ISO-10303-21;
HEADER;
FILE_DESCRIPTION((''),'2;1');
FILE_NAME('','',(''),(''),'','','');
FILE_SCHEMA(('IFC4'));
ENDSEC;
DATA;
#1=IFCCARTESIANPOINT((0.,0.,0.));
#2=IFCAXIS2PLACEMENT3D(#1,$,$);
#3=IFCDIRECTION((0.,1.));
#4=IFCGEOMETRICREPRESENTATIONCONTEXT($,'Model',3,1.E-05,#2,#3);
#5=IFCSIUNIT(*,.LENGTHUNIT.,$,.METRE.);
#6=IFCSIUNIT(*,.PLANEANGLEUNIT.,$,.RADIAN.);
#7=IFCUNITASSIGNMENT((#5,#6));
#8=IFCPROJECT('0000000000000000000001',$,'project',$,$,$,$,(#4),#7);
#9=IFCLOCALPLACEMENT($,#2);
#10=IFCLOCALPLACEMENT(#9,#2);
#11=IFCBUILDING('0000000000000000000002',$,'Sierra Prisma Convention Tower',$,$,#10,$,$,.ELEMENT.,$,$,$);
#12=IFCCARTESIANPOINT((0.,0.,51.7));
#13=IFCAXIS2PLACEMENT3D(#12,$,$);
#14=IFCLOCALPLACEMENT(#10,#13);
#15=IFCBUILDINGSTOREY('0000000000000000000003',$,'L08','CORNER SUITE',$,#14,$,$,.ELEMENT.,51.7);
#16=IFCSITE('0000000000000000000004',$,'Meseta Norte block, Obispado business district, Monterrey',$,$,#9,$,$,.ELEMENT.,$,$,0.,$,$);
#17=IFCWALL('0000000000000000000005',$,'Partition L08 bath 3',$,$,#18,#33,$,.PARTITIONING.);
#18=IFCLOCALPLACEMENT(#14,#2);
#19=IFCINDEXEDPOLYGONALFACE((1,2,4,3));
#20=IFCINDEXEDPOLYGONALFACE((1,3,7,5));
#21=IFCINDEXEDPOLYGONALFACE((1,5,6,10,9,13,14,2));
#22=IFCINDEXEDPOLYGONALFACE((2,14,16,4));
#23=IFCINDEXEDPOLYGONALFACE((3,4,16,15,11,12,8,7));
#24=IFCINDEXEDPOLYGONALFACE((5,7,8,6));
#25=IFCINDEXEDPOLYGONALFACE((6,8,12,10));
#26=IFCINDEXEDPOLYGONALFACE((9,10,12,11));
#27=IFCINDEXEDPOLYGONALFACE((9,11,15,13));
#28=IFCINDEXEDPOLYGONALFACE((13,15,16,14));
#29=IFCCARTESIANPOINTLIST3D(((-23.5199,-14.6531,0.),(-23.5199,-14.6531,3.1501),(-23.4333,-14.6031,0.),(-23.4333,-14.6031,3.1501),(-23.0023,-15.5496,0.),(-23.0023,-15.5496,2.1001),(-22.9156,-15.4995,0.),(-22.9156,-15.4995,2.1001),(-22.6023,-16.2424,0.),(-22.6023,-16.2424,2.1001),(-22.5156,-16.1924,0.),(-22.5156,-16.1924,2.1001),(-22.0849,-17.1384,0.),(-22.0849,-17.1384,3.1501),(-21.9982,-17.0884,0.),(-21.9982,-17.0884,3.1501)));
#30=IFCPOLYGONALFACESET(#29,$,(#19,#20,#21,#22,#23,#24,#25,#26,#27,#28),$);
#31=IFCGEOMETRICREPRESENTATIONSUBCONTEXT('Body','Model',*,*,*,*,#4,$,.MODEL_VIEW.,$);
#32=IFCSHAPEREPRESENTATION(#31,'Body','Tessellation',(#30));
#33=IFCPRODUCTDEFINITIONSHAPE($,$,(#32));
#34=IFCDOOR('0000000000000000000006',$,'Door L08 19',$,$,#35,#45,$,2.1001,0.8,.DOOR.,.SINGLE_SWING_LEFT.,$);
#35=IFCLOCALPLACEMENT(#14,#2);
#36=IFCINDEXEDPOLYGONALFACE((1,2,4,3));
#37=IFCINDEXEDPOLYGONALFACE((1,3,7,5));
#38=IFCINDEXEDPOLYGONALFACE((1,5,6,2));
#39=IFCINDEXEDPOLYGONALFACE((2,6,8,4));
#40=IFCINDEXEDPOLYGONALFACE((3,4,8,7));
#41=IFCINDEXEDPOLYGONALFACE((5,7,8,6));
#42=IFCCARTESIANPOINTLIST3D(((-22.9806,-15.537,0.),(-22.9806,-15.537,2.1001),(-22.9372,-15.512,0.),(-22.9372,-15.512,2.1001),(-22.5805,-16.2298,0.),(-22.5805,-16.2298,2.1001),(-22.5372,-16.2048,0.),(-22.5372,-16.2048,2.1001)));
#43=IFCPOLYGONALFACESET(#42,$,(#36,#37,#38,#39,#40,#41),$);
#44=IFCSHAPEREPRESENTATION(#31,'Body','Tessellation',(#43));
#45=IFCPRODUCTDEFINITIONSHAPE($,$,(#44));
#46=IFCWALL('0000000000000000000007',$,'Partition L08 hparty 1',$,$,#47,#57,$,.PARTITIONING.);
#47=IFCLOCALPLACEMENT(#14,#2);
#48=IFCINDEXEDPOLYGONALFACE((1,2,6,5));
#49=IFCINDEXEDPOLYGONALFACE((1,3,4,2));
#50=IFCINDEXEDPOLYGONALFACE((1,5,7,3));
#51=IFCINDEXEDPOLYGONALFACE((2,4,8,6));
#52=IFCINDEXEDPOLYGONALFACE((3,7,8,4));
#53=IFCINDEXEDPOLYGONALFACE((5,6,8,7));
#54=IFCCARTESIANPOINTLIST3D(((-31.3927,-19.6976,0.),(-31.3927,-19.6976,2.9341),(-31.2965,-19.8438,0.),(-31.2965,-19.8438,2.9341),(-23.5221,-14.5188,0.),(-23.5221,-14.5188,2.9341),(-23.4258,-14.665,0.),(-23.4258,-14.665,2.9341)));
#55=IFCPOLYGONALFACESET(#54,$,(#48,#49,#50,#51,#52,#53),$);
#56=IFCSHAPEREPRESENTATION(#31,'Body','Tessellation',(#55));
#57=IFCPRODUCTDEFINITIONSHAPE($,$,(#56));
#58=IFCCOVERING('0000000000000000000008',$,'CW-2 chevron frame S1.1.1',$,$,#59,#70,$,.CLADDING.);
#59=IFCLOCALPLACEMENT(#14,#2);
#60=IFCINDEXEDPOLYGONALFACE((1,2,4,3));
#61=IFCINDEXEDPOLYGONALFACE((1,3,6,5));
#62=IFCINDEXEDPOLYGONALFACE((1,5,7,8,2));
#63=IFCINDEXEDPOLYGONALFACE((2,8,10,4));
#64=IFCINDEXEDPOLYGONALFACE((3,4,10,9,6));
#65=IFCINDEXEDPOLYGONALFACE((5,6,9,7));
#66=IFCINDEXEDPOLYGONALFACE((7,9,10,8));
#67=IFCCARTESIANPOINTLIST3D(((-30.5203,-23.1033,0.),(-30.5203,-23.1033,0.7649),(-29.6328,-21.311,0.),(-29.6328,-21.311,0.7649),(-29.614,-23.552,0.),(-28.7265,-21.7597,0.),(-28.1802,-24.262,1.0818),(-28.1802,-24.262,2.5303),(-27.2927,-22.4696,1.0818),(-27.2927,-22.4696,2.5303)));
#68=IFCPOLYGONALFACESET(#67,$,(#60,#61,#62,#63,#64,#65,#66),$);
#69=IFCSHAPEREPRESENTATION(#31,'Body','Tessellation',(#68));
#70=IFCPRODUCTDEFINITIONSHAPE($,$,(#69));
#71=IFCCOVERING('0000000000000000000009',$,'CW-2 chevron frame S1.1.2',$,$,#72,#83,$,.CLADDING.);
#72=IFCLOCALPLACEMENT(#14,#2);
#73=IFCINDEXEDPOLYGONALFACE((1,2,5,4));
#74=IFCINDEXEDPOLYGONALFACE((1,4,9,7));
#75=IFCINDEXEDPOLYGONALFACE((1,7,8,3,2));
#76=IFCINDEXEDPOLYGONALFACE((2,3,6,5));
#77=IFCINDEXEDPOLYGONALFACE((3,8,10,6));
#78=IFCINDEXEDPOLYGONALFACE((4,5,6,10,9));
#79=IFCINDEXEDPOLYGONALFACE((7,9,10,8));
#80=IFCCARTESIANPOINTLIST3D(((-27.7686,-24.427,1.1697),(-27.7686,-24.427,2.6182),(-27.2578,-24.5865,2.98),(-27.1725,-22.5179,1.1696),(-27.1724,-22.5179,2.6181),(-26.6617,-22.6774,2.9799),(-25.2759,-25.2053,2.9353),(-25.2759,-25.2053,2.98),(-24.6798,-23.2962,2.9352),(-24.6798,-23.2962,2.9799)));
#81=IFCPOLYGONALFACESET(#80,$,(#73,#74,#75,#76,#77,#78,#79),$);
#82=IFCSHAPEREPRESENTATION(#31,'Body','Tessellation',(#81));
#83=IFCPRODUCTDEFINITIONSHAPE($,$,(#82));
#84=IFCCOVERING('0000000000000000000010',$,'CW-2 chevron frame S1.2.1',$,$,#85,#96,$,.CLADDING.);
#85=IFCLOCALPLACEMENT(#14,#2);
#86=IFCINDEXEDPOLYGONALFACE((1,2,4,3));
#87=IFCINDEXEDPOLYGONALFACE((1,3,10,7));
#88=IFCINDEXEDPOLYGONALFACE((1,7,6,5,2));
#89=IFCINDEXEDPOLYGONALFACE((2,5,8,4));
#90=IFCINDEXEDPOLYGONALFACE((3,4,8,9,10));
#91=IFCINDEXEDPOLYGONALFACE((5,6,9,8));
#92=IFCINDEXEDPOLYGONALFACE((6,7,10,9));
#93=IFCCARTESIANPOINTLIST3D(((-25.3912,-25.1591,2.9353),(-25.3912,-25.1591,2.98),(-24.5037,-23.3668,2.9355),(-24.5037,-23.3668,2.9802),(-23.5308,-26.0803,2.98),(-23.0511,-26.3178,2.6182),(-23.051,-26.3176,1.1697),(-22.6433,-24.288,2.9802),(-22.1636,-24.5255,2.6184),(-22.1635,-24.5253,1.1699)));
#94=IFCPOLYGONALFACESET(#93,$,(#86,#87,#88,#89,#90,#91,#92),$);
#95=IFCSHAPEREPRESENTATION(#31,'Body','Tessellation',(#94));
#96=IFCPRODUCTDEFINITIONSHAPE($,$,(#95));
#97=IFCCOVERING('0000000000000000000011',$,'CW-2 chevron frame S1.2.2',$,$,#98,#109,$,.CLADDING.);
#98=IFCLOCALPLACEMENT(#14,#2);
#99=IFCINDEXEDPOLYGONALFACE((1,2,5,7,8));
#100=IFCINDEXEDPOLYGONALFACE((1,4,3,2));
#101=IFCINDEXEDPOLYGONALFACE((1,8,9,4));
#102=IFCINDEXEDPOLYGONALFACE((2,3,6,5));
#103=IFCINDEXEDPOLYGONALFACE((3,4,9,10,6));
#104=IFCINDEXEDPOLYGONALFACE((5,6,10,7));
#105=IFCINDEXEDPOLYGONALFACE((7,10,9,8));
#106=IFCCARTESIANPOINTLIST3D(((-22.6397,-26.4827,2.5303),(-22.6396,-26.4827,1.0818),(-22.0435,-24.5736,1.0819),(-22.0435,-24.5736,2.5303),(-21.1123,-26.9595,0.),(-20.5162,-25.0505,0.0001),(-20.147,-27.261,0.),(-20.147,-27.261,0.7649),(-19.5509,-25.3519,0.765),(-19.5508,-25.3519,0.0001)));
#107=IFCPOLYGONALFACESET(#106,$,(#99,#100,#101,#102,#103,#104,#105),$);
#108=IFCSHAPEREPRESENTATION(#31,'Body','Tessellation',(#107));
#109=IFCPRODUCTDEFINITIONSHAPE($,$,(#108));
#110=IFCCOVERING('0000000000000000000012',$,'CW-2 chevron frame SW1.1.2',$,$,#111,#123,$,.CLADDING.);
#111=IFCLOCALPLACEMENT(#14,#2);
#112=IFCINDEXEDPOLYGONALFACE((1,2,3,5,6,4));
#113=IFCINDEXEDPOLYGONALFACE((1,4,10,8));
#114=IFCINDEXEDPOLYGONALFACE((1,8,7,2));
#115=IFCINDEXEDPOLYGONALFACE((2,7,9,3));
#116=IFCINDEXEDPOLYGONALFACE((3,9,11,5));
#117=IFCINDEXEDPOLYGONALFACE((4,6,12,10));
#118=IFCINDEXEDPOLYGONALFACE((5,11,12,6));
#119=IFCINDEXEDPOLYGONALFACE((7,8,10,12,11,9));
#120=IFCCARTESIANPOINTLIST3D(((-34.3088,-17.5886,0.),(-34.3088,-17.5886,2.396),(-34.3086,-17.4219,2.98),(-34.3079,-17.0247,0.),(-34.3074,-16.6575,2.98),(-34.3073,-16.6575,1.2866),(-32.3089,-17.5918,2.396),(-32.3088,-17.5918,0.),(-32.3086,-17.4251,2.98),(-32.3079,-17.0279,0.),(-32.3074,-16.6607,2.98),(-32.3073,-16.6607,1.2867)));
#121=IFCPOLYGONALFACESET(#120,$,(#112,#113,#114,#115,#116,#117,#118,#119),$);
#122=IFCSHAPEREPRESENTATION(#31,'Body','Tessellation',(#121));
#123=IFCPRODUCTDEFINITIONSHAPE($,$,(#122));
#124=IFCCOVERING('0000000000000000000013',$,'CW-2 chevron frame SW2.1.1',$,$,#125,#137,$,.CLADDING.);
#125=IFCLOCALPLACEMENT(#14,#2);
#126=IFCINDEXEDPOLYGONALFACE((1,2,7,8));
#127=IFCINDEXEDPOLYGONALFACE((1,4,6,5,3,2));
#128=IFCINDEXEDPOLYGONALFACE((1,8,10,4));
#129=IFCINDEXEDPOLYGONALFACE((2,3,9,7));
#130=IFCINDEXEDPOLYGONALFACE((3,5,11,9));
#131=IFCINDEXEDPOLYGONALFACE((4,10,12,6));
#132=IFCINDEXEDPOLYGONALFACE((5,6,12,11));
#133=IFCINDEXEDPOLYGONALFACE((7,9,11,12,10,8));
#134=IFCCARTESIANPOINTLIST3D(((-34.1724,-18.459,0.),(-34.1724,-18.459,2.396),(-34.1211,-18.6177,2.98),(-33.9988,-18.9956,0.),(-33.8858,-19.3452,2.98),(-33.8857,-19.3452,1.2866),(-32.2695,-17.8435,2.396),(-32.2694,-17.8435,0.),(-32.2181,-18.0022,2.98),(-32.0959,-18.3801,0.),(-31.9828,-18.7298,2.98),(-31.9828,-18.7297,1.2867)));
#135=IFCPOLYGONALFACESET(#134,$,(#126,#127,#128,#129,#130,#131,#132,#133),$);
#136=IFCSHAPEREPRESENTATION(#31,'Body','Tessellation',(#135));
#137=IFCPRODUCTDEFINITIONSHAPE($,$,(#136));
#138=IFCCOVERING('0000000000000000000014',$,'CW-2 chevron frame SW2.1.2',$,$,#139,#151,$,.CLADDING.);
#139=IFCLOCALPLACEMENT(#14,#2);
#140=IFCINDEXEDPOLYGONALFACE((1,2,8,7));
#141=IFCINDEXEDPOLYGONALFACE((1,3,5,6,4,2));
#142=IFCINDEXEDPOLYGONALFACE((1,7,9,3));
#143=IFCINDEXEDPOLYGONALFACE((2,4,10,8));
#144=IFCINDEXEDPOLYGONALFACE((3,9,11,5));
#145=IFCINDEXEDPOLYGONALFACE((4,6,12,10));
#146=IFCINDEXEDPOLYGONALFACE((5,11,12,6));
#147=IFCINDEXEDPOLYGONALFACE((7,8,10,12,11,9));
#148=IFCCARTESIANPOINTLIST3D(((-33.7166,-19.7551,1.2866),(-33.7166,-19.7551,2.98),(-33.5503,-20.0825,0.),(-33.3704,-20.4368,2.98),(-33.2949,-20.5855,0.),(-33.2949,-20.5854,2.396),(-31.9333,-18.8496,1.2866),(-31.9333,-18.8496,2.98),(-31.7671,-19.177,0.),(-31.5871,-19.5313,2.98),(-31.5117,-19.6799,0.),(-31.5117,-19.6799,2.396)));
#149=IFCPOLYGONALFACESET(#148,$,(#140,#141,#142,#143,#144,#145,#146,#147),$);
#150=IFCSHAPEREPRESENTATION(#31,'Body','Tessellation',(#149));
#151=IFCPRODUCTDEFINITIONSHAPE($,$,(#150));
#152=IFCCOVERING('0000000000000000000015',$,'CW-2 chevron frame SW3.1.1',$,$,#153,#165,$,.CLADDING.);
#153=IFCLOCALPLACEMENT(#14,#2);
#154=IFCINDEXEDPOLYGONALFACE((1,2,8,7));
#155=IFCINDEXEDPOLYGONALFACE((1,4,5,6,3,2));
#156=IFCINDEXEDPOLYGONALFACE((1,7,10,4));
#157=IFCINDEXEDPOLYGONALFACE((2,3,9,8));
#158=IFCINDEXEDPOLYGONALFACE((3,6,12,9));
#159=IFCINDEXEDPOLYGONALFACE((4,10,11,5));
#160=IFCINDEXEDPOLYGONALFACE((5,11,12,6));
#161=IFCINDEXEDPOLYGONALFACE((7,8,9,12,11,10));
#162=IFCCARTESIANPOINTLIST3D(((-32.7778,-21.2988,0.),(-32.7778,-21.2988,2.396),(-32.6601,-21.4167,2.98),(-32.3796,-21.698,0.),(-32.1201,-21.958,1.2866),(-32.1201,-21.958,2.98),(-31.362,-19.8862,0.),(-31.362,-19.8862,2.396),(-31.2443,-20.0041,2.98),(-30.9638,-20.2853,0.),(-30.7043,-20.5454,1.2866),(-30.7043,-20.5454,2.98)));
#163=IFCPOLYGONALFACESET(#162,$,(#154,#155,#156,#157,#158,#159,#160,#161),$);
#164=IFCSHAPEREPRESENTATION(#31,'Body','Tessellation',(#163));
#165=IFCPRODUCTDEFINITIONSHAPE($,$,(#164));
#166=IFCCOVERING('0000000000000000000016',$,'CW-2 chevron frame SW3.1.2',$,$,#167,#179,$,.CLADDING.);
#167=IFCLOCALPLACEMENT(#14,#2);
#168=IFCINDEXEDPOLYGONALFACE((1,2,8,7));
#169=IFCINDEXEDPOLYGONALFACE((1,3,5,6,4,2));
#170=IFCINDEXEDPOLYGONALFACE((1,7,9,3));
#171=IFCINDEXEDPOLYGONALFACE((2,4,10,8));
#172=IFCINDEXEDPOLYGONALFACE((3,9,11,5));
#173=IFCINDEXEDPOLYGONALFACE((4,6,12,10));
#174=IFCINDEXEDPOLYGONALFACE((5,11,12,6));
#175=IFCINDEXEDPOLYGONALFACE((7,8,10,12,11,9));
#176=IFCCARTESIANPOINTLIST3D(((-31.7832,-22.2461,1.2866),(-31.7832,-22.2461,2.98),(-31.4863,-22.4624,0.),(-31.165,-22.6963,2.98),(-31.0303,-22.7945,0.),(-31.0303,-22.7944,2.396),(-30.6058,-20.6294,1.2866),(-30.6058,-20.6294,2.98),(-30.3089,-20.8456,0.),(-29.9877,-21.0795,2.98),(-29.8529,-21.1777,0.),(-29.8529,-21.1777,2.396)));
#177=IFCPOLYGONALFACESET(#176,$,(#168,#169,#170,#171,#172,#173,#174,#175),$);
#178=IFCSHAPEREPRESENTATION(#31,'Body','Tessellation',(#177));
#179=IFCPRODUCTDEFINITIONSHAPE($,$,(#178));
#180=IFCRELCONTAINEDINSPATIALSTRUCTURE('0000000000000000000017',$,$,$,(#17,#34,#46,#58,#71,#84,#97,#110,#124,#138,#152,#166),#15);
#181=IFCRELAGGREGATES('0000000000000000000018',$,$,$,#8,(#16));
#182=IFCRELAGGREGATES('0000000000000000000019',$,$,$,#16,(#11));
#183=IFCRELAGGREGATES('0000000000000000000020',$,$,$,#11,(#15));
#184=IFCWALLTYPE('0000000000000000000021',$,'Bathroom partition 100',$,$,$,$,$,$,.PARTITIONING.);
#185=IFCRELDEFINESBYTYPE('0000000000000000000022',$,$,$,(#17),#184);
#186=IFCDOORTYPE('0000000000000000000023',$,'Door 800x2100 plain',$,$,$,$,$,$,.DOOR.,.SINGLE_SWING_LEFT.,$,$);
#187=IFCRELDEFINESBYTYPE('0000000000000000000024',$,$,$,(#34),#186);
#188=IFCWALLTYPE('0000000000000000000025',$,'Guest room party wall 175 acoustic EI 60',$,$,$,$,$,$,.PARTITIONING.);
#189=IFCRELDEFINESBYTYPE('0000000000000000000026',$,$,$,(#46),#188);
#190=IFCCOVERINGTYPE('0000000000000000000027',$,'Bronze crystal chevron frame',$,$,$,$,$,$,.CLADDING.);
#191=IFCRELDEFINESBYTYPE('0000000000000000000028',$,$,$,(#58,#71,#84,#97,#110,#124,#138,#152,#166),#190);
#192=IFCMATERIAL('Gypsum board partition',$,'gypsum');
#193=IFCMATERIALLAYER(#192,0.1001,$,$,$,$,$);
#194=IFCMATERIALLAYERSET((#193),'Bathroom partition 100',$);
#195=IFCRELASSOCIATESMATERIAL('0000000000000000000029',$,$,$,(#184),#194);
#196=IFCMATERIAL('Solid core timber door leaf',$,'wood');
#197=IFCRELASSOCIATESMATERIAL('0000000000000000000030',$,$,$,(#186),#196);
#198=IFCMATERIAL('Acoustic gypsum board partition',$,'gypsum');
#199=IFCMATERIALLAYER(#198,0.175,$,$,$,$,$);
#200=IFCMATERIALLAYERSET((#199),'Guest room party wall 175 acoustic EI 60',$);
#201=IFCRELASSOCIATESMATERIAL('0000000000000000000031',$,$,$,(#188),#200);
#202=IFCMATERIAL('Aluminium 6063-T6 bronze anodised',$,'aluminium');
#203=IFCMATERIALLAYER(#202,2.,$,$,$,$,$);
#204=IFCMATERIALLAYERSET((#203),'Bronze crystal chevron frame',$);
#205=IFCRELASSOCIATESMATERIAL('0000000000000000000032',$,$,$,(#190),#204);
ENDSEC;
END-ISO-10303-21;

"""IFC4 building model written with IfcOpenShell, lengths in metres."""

from ifc_helpers import new_model, si_unit, direction, frame, frame_2d, origin, place, context, subcontext, project, spatial, polyline, rectangle, outline, extrude, material, layer, layer_set, type_object, element, fill, save


model = new_model("IFC4")

# Units and contexts
model_context = context("Model", 3, precision=1e-05, world=origin(), true_north=direction((0.0, 1.0)))
body_context = subcontext(model_context, "Body", "Model", "MODEL_VIEW")
ifc_project = project(units=[si_unit("LENGTHUNIT", "METRE"), si_unit("PLANEANGLEUNIT", "RADIAN")], contexts=[model_context])

# Site, building, storey
site_placement = place(None, origin())
site = spatial("IfcSite", under=ifc_project, at=site_placement, Name="Meseta Norte block, Obispado business district, Monterrey", CompositionType="ELEMENT", RefElevation=0.0)
building_placement = place(site_placement, origin())
building = spatial("IfcBuilding", under=site, at=building_placement, Name="Sierra Prisma Convention Tower", CompositionType="ELEMENT")
storey_placement = place(building_placement, frame((0.0, 0.0, 51.7)))
storey = spatial("IfcBuildingStorey", under=building, at=storey_placement, Name="L08", Description="CORNER SUITE", CompositionType="ELEMENT", Elevation=51.7)

# Wall, opening, door
ifc_material_1 = material(Name="Gypsum board partition", Category="gypsum")
ifc_layer_1 = layer(ifc_material_1, 0.1001)
ifc_layer_set_1 = layer_set([ifc_layer_1], Name="Bathroom partition 100")
wall_type_1 = type_object("IfcWallType", Name="Bathroom partition 100", PredefinedType="PARTITIONING", material=ifc_layer_set_1)
wall_1_placement = place(storey_placement, frame((-22.0415, -17.1135, 0.0), z_axis=(0.0, 0.0, 1.0), x_axis=(-0.500037, 0.866004, 0.0)))
wall_1 = element("IfcWall", 1, at=wall_1_placement, inside=storey, type_object=wall_type_1, Name="Partition L08 bath 3", PredefinedType="PARTITIONING", context=body_context, shape_type="SweptSolid", body=[
    extrude(rectangle(XDim=2.8699, YDim=0.1001, at=frame_2d((1.4351, 0.0))), origin(), (0.0, 0.0, 1.0), 3.1501),
])
opening_placement = place(wall_1_placement, frame((1.0349, 0.0, 0.0)))
opening = element("IfcOpeningElement", 2, at=opening_placement, cuts=wall_1, PredefinedType="OPENING", context=body_context, shape_type="SweptSolid", body=[
    extrude(rectangle(XDim=0.8, YDim=2.1001, at=frame_2d((0.3999, 1.05))), frame((0.0, 0.05, 0.0), z_axis=(0.0, -1.0, 0.0), x_axis=(1.0, 0.0, 0.0)), (0.0, 0.0, 1.0), 0.1001),
])
ifc_material_2 = material(Name="Solid core timber door leaf", Category="wood")
door_type = type_object("IfcDoorType", Name="Door 800x2100 plain", OperationType="SINGLE_SWING_LEFT", PredefinedType="DOOR", material=ifc_material_2)
door_placement = place(opening_placement, origin())
door = element("IfcDoor", 3, at=door_placement, inside=storey, type_object=door_type, Name="Door L08 19", OperationType="SINGLE_SWING_LEFT", OverallHeight=2.1001, OverallWidth=0.8, PredefinedType="DOOR", context=body_context, shape_type="SweptSolid", body=[
    extrude(rectangle(XDim=0.8, YDim=2.1001, at=frame_2d((0.3999, 1.05))), frame((0.0, 0.0249, 0.0), z_axis=(0.0, -1.0, 0.0), x_axis=(1.0, 0.0, 0.0)), (0.0, 0.0, 1.0), 0.05),
])
fill(opening, door)

# Wall
ifc_material_3 = material(Name="Acoustic gypsum board partition", Category="gypsum")
ifc_layer_2 = layer(ifc_material_3, 0.175)
ifc_layer_set_2 = layer_set([ifc_layer_2], Name="Guest room party wall 175 acoustic EI 60")
wall_type_2 = type_object("IfcWallType", Name="Guest room party wall 175 acoustic EI 60", PredefinedType="PARTITIONING", material=ifc_layer_set_2)
wall_2_placement = place(storey_placement, frame((-31.3447, -19.7708, 0.0), z_axis=(0.0, 0.0, 1.0), x_axis=(0.835384, 0.549667, 0.0)))
element("IfcWall", 4, at=wall_2_placement, inside=storey, type_object=wall_type_2, Name="Partition L08 hparty 1", PredefinedType="PARTITIONING", context=body_context, shape_type="SweptSolid", body=[
    extrude(rectangle(XDim=9.4216, YDim=0.175, at=frame_2d((4.7109, 0.0))), origin(), (0.0, 0.0, 1.0), 2.9341),
])

# Coverings
ifc_material_4 = material(Name="Aluminium 6063-T6 bronze anodised", Category="aluminium")
ifc_layer_3 = layer(ifc_material_4, 2.0)
ifc_layer_set_3 = layer_set([ifc_layer_3], Name="Bronze crystal chevron frame")
covering_type = type_object("IfcCoveringType", Name="Bronze crystal chevron frame", PredefinedType="CLADDING", material=ifc_layer_set_3)
covering_1_placement = place(storey_placement, frame((-30.5203, -23.1033, 0.0), z_axis=(-0.443732, -0.896159, 0.000001), x_axis=(0.896159, -0.443732, 0.0)))
element("IfcCovering", 5, at=covering_1_placement, inside=storey, type_object=covering_type, Name="CW-2 chevron frame S1.1.1", PredefinedType="CLADDING", context=body_context, shape_type="SweptSolid", body=[
    extrude(outline(polyline([(0.0, 0.0), (1.0113, 0.0), (2.6112, 1.0818), (2.6112, 2.5303), (0.0, 0.7649), (0.0, 0.0)])), origin(), (0.0, 0.0, -1.0), 2.0),
])
covering_2_placement = place(storey_placement, frame((-27.7686, -24.427, 2.6182), z_axis=(-0.298055, -0.954549, 0.000028), x_axis=(-0.000008, -0.000026, -1.0)))
element("IfcCovering", 6, at=covering_2_placement, inside=storey, type_object=covering_type, Name="CW-2 chevron frame S1.1.2", PredefinedType="CLADDING", context=body_context, shape_type="SweptSolid", body=[
    extrude(outline(polyline([(0.0, 0.0), (1.4485, 0.0), (-0.3171, 2.6114), (-0.3618, 2.6114), (-0.3618, 0.535), (0.0, 0.0)])), origin(), (0.0, 0.0, -1.0), 2.0),
])
covering_3_placement = place(storey_placement, frame((-23.051, -26.3176, 1.1697), z_axis=(-0.443747, -0.896152, -0.000119), x_axis=(-0.000053, -0.000106, 1.0)))
element("IfcCovering", 7, at=covering_3_placement, inside=storey, type_object=covering_type, Name="CW-2 chevron frame S1.2.1", PredefinedType="CLADDING", context=body_context, shape_type="SweptSolid", body=[
    extrude(outline(polyline([(0.0, 0.0), (1.4485, 0.0), (1.8103, 0.5352), (1.8103, 2.6112), (1.7656, 2.6112), (0.0, 0.0)])), origin(), (0.0, 0.0, -1.0), 2.0),
])
covering_4_placement = place(storey_placement, frame((-20.147, -27.261, 0.0), z_axis=(-0.298065, -0.954546, -0.000035), x_axis=(-0.00001, -0.000033, 1.0)))
element("IfcCovering", 8, at=covering_4_placement, inside=storey, type_object=covering_type, Name="CW-2 chevron frame S1.2.2", PredefinedType="CLADDING", context=body_context, shape_type="SweptSolid", body=[
    extrude(outline(polyline([(0.0, 0.0), (0.7649, 0.0), (2.5303, 2.6114), (1.0818, 2.6114), (0.0, 1.0113), (0.0, 0.0)])), origin(), (0.0, 0.0, -1.0), 2.0),
])
covering_5_placement = place(storey_placement, frame((-34.3074, -16.6575, 2.98), z_axis=(-0.999999, 0.001598, -0.00002), x_axis=(0.00002, 0.0, -1.0)))
element("IfcCovering", 9, at=covering_5_placement, inside=storey, type_object=covering_type, Name="CW-2 chevron frame SW1.1.2", PredefinedType="CLADDING", context=body_context, shape_type="SweptSolid", body=[
    extrude(outline(polyline([(0.0, 0.0), (1.6934, 0.0), (2.98, 0.3672), (2.98, 0.9312), (0.584, 0.9312), (0.0, 0.7644), (0.0, 0.0)])), origin(), (0.0, 0.0, -1.0), 2.0),
])
covering_6_placement = place(storey_placement, frame((-34.1724, -18.459, 0.0), z_axis=(-0.951472, -0.307736, -0.000015), x_axis=(0.307736, -0.951472, 0.0)))
element("IfcCovering", 10, at=covering_6_placement, inside=storey, type_object=covering_type, Name="CW-2 chevron frame SW2.1.1", PredefinedType="CLADDING", context=body_context, shape_type="SweptSolid", body=[
    extrude(outline(polyline([(0.0, 0.0), (0.564, 0.0), (0.9314, 1.2866), (0.9314, 2.98), (0.1668, 2.98), (0.0, 2.396), (0.0, 0.0)])), origin(), (0.0, 0.0, -1.0), 2.0),
])
covering_7_placement = place(storey_placement, frame((-33.7166, -19.7551, 2.98), z_axis=(-0.891629, -0.452766, 0.000008), x_axis=(-0.000007, -0.000004, -1.0)))
element("IfcCovering", 11, at=covering_7_placement, inside=storey, type_object=covering_type, Name="CW-2 chevron frame SW2.1.2", PredefinedType="CLADDING", context=body_context, shape_type="SweptSolid", body=[
    extrude(outline(polyline([(0.0, 0.0), (1.6934, 0.0), (2.98, 0.3672), (2.98, 0.9312), (0.584, 0.9312), (0.0, 0.7645), (0.0, 0.0)])), origin(), (0.0, 0.0, -1.0), 2.0),
])
covering_8_placement = place(storey_placement, frame((-32.7778, -21.2988, 0.0), z_axis=(-0.707906, -0.706307, 0.000014), x_axis=(0.706307, -0.707906, 0.0)))
element("IfcCovering", 12, at=covering_8_placement, inside=storey, type_object=covering_type, Name="CW-2 chevron frame SW3.1.1", PredefinedType="CLADDING", context=body_context, shape_type="SweptSolid", body=[
    extrude(outline(polyline([(0.0, 0.0), (0.5638, 0.0), (0.9312, 1.2866), (0.9312, 2.98), (0.1666, 2.98), (0.0, 2.396), (0.0, 0.0)])), origin(), (0.0, 0.0, -1.0), 2.0),
])
covering_9_placement = place(storey_placement, frame((-31.7832, -22.2461, 2.98), z_axis=(-0.588684, -0.808363, 0.000015), x_axis=(-0.000009, -0.000012, -1.0)))
element("IfcCovering", 13, at=covering_9_placement, inside=storey, type_object=covering_type, Name="CW-2 chevron frame SW3.1.2", PredefinedType="CLADDING", context=body_context, shape_type="SweptSolid", body=[
    extrude(outline(polyline([(0.0, 0.0), (1.6934, 0.0), (2.98, 0.3673), (2.98, 0.9314), (0.584, 0.9314), (0.0, 0.7647), (0.0, 0.0)])), origin(), (0.0, 0.0, -1.0), 2.0),
])

save(model, "model.ifc")
